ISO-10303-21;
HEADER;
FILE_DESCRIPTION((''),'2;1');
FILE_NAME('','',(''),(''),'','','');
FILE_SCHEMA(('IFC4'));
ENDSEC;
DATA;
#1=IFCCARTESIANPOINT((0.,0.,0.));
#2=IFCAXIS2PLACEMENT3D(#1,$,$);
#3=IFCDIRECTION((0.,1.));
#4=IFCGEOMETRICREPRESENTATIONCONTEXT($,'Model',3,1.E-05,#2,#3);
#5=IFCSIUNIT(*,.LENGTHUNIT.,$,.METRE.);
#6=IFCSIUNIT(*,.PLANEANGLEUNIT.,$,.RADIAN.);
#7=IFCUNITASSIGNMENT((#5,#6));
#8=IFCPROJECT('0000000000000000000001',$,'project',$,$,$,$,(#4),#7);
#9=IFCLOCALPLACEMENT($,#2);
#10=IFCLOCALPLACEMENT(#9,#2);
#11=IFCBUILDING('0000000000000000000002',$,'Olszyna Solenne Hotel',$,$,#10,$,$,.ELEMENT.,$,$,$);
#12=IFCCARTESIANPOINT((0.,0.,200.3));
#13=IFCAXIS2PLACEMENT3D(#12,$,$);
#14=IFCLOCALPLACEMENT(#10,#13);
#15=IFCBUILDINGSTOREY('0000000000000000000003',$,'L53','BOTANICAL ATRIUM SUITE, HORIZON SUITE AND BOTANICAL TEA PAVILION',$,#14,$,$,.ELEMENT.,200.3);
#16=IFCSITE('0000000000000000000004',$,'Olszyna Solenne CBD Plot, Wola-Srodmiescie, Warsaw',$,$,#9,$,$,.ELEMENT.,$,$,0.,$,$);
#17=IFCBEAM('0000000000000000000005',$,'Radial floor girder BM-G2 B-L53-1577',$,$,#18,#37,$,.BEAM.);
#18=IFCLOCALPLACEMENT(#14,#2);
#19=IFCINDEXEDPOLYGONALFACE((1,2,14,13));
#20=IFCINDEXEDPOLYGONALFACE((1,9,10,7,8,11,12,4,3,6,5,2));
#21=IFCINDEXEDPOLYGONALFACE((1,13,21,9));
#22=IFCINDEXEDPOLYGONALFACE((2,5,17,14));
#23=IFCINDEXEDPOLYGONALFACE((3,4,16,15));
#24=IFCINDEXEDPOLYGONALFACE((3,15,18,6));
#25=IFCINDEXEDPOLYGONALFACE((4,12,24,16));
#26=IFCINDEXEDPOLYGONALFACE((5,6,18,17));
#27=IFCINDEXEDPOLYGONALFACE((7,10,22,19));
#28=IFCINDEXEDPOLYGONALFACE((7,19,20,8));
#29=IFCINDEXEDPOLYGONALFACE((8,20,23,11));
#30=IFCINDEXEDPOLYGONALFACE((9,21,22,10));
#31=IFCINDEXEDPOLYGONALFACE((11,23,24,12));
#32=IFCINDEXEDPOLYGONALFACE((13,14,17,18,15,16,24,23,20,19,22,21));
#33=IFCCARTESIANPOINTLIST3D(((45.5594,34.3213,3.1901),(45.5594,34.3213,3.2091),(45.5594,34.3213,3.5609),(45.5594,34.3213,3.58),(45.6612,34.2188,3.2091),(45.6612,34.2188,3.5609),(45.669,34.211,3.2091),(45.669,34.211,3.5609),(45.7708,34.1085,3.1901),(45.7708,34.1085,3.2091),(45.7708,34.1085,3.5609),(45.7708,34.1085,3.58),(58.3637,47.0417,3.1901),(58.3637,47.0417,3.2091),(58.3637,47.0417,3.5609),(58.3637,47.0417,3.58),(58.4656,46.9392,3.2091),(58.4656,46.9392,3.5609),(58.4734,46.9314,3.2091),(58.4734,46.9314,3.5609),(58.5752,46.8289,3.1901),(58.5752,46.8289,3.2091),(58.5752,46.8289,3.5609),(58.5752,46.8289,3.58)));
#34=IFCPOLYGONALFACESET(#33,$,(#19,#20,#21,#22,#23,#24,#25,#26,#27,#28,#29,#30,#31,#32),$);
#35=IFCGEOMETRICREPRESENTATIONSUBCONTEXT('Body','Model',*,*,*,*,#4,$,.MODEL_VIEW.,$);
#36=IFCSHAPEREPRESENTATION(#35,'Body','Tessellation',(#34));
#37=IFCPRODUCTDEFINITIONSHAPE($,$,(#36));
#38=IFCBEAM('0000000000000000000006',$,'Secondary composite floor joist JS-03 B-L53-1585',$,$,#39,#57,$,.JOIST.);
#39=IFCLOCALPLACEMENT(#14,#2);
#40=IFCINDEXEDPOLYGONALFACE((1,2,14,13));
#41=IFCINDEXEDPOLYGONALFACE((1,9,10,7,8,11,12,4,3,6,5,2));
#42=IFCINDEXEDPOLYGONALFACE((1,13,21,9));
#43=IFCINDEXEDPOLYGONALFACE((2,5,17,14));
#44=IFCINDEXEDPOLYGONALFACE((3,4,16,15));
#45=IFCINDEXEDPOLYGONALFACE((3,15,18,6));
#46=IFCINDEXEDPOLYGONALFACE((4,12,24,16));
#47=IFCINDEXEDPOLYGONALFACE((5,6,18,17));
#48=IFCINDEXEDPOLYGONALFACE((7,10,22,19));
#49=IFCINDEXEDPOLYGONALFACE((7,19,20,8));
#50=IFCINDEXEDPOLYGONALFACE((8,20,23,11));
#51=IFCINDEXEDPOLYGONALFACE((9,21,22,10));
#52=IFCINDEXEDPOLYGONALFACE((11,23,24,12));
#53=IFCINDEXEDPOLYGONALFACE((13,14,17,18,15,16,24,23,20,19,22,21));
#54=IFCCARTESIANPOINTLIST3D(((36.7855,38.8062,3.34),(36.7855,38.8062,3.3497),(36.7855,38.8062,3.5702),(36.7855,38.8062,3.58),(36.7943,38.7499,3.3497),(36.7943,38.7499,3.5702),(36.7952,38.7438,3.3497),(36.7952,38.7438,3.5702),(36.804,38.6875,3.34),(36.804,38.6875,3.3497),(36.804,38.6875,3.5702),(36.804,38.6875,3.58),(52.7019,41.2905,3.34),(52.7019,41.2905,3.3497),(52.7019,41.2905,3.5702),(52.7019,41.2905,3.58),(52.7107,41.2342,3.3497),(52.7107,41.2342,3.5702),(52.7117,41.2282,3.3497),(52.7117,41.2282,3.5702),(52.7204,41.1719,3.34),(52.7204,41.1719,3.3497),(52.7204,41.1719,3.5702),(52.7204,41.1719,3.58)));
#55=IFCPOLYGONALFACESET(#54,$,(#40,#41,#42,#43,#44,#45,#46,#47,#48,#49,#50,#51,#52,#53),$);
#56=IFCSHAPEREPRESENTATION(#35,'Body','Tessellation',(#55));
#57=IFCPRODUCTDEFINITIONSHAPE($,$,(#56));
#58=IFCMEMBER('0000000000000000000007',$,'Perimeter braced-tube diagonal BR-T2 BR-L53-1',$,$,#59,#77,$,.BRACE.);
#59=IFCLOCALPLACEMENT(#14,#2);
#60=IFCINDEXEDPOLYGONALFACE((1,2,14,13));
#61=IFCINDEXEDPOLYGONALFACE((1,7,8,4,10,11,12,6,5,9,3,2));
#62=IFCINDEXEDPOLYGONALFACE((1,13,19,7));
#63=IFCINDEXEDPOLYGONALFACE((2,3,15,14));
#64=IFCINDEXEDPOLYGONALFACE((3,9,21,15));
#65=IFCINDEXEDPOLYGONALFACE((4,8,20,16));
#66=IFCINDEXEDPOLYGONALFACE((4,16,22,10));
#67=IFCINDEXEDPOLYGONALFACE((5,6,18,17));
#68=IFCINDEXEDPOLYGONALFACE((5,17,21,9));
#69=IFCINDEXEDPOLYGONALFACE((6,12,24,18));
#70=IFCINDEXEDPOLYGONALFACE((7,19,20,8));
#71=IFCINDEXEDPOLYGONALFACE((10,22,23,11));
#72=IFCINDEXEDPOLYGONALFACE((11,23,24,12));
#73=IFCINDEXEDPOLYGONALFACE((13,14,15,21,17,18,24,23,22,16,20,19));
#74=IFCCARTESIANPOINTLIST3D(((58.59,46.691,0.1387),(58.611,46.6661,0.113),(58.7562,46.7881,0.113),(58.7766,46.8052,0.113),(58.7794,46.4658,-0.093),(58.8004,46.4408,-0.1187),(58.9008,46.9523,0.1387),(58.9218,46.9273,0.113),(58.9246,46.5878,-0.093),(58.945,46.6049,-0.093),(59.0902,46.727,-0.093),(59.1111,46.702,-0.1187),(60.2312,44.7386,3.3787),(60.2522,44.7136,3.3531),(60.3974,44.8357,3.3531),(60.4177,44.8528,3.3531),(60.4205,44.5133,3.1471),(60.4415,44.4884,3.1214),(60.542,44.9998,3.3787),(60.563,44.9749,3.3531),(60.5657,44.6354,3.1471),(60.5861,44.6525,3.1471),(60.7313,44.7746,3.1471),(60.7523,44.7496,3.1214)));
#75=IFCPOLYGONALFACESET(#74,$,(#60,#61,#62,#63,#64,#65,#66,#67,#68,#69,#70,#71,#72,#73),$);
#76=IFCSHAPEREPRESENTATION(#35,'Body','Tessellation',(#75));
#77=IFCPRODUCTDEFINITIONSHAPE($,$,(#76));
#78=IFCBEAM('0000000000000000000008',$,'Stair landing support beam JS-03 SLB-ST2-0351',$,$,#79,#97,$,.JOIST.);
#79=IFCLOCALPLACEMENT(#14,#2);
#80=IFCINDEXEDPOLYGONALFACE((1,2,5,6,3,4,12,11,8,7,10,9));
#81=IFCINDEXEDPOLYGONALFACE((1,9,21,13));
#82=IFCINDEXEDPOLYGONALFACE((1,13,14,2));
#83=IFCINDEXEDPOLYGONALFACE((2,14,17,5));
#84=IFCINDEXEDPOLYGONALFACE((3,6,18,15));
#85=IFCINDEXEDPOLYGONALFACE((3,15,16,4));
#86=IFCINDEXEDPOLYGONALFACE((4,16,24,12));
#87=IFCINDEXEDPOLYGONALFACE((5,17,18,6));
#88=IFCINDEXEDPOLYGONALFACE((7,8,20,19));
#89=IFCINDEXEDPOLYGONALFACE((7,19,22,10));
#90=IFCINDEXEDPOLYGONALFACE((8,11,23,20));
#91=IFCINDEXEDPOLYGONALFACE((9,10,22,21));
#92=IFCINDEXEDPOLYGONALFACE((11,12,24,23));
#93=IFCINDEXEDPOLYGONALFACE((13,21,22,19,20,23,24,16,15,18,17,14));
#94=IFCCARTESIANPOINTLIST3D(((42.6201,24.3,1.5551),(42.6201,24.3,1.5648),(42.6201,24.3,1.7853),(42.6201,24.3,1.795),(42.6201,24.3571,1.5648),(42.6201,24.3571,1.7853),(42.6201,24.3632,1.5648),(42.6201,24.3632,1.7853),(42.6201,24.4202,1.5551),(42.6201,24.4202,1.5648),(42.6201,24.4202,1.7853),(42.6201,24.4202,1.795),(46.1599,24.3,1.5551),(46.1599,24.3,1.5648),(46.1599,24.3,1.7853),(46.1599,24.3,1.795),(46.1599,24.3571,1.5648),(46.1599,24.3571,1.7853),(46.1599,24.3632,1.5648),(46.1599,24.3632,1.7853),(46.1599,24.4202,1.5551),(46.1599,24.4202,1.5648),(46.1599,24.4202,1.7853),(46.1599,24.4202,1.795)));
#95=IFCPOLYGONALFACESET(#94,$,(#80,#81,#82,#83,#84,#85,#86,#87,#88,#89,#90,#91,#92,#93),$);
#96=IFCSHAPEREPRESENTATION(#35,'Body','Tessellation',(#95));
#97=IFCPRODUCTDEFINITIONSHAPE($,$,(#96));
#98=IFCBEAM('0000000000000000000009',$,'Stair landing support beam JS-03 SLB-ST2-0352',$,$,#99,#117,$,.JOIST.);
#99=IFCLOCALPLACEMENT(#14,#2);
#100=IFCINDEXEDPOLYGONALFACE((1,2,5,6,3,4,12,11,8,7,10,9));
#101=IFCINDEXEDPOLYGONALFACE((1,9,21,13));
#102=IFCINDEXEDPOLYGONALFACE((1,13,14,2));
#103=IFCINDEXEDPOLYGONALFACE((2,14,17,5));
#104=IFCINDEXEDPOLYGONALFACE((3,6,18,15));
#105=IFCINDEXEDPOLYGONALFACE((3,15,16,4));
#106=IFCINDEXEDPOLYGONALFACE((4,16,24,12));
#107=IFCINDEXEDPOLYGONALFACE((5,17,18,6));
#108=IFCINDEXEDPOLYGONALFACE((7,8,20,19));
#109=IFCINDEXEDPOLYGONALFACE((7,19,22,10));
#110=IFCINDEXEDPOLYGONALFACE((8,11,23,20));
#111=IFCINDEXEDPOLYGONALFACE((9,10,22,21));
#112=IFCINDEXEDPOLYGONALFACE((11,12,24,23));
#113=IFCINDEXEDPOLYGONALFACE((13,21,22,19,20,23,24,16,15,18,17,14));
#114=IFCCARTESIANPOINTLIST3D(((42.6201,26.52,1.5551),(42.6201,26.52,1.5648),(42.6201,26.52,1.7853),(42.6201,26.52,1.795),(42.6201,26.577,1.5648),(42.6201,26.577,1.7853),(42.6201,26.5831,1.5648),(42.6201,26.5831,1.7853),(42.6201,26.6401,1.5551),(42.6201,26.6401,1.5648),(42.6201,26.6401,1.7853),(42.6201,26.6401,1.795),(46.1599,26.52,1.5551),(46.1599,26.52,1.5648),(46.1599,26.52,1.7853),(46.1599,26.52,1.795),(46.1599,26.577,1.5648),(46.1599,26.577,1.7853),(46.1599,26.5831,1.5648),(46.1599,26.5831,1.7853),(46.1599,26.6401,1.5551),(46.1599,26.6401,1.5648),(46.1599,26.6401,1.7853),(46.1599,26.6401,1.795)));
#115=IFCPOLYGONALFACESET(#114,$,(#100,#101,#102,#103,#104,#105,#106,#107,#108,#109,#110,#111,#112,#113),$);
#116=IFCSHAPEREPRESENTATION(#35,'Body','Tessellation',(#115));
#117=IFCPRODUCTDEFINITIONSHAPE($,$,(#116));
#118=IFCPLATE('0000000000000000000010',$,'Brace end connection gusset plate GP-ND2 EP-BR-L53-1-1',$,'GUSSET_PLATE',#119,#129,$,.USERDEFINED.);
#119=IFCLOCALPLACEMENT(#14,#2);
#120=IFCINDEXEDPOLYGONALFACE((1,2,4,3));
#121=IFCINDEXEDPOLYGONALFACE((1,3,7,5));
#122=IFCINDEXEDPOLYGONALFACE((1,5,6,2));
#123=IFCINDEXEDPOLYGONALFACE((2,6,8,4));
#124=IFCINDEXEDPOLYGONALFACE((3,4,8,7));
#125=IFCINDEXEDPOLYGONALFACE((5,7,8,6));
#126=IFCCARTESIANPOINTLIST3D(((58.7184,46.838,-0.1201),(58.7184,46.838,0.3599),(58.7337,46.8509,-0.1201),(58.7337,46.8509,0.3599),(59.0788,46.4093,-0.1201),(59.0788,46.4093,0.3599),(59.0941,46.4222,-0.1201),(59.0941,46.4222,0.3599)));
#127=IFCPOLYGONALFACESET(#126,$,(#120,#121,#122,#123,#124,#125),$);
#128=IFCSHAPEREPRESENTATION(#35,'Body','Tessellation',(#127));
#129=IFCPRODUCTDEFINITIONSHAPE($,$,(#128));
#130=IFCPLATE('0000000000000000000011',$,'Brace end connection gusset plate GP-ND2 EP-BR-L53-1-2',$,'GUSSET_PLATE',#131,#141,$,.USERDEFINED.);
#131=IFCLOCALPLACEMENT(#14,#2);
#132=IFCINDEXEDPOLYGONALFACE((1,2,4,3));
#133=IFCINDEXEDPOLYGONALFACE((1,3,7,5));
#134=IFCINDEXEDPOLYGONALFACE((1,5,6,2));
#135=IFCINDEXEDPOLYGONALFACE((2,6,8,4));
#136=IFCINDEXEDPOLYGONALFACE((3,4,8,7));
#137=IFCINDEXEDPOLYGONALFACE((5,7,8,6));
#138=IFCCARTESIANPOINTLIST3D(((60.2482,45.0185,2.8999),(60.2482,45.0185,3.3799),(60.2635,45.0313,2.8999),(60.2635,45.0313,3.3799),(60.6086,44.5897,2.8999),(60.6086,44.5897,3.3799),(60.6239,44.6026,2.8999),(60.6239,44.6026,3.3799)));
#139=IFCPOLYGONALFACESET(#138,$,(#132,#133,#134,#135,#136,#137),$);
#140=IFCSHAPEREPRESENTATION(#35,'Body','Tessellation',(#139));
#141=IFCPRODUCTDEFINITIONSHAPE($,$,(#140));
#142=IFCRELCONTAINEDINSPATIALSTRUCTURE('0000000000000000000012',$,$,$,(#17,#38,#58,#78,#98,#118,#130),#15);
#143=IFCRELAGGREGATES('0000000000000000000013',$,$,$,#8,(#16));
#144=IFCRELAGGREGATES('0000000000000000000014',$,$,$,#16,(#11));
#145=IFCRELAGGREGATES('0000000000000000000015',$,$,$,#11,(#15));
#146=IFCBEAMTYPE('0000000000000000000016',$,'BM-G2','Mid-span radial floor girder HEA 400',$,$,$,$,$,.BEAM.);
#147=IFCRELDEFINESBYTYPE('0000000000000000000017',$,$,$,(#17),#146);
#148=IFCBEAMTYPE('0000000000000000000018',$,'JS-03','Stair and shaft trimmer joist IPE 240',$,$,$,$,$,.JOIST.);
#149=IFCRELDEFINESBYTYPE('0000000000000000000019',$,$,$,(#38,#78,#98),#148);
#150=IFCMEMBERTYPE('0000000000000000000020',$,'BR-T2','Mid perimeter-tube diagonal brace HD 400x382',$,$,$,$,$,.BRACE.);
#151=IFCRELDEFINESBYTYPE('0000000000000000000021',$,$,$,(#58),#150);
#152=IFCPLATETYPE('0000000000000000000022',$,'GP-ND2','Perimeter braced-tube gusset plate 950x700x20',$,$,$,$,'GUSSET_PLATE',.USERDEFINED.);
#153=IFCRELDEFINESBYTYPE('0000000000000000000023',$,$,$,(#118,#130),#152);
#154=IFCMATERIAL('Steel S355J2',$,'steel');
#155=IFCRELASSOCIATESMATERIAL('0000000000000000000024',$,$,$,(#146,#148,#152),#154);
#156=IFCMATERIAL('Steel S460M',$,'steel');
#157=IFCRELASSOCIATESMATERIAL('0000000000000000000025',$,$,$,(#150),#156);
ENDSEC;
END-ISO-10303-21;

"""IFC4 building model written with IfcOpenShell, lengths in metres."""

from ifc_helpers import new_model, si_unit, direction, frame, origin, origin_2d, place, context, subcontext, project, spatial, rectangle, i_section, extrude, source, transform, mapped, material, material_profile, profile_set, type_object, element, save


model = new_model("IFC4")

# Units and contexts
model_context = context("Model", 3, precision=1e-05, world=origin(), true_north=direction((0.0, 1.0)))
body_context = subcontext(model_context, "Body", "Model", "MODEL_VIEW")
ifc_project = project(units=[si_unit("LENGTHUNIT", "METRE"), si_unit("PLANEANGLEUNIT", "RADIAN")], contexts=[model_context])

# Site, building, storey
site_placement = place(None, origin())
site = spatial("IfcSite", under=ifc_project, at=site_placement, Name="Olszyna Solenne CBD Plot, Wola-Srodmiescie, Warsaw", CompositionType="ELEMENT", RefElevation=0.0)
building_placement = place(site_placement, origin())
building = spatial("IfcBuilding", under=site, at=building_placement, Name="Olszyna Solenne Hotel", CompositionType="ELEMENT")
storey_placement = place(building_placement, frame((0.0, 0.0, 200.3)))
storey = spatial("IfcBuildingStorey", under=building, at=storey_placement, Name="L53", Description="BOTANICAL ATRIUM SUITE, HORIZON SUITE AND BOTANICAL TEA PAVILION", CompositionType="ELEMENT", Elevation=200.3)

# Shared definitions
ifc_material_1 = material(Name="Steel S460M", Category="steel")

# Beams
ifc_material_2 = material(Name="Steel S355J2", Category="steel")
ifc_material_profile_1 = material_profile(ifc_material_2, i_section(OverallWidth=0.3, OverallDepth=0.3899, WebThickness=0.011, FlangeThickness=0.019, at=origin_2d()), Name="HEA 400", Category="load-bearing")
ifc_profile_set_1 = profile_set([ifc_material_profile_1], Name="Steel S355J2")
beam_type_1 = type_object("IfcBeamType", Name="BM-G2", Description="Mid-span radial floor girder HEA 400", PredefinedType="BEAM", material=ifc_profile_set_1)
shared_shape_1 = source(origin(), body_context, "Body", "SweptSolid", [
    extrude(i_section(OverallWidth=0.3, OverallDepth=0.3899, WebThickness=0.011, FlangeThickness=0.019, at=origin_2d()), origin(), (0.0, 0.0, 1.0), 18.0488),
])
beam_1_placement = place(storey_placement, frame((58.4695, 46.9353, 3.385), z_axis=(-0.70943, -0.704776, 0.0), x_axis=(0.704776, -0.70943, 0.0)))
element("IfcBeam", 1, at=beam_1_placement, inside=storey, type_object=beam_type_1, Name="Radial floor girder BM-G2 B-L53-1577", PredefinedType="BEAM", context=body_context, shape_type="MappedRepresentation", body=[
    mapped(shared_shape_1, transform((0.0, 0.0, 0.0), x_axis=(1.0, 0.0, 0.0), y_axis=(0.0, 1.0, 0.0), z_axis=(0.0, 0.0, 1.0), scale=1.0)),
])
ifc_material_profile_2 = material_profile(ifc_material_2, i_section(OverallWidth=0.1201, OverallDepth=0.24, WebThickness=0.0061, FlangeThickness=0.0098, at=origin_2d()), Name="IPE 240", Category="load-bearing")
ifc_profile_set_2 = profile_set([ifc_material_profile_2], Name="Steel S355J2")
beam_type_2 = type_object("IfcBeamType", Name="JS-03", Description="Stair and shaft trimmer joist IPE 240", PredefinedType="JOIST", material=ifc_profile_set_2)
shared_shape_2 = source(origin(), body_context, "Body", "SweptSolid", [
    extrude(i_section(OverallWidth=0.1201, OverallDepth=0.24, WebThickness=0.0061, FlangeThickness=0.0098, at=origin_2d()), origin(), (0.0, 0.0, 1.0), 16.1091),
])
beam_2_placement = place(storey_placement, frame((52.7112, 41.2312, 3.46), z_axis=(-0.988036, -0.154221, 0.0), x_axis=(0.154221, -0.988036, 0.0)))
element("IfcBeam", 2, at=beam_2_placement, inside=storey, type_object=beam_type_2, Name="Secondary composite floor joist JS-03 B-L53-1585", PredefinedType="JOIST", context=body_context, shape_type="MappedRepresentation", body=[
    mapped(shared_shape_2, transform((0.0, 0.0, 0.0), x_axis=(1.0, 0.0, 0.0), y_axis=(0.0, 1.0, 0.0), z_axis=(0.0, 0.0, 1.0), scale=1.0)),
])

# Member
ifc_material_profile_3 = material_profile(ifc_material_1, i_section(OverallWidth=0.406, OverallDepth=0.416, WebThickness=0.0266, FlangeThickness=0.0415, at=origin_2d()), Name="HD 400x382", Category="load-bearing")
ifc_profile_set_3 = profile_set([ifc_material_profile_3], Name="Steel S460M")
member_type = type_object("IfcMemberType", Name="BR-T2", Description="Mid perimeter-tube diagonal brace HD 400x382", PredefinedType="BRACE", material=ifc_profile_set_3)
shared_shape_3 = source(origin(), body_context, "Body", "SweptSolid", [
    extrude(i_section(OverallWidth=0.406, OverallDepth=0.416, WebThickness=0.0266, FlangeThickness=0.0415, at=origin_2d()), origin(), (0.0, 0.0, 1.0), 4.1235),
])
member_placement = place(storey_placement, frame((58.8506, 46.6965, 0.01), z_axis=(0.397998, -0.473488, 0.785752), x_axis=(0.765492, 0.643446, 0.0)))
element("IfcMember", 3, at=member_placement, inside=storey, type_object=member_type, Name="Perimeter braced-tube diagonal BR-T2 BR-L53-1", PredefinedType="BRACE", context=body_context, shape_type="MappedRepresentation", body=[
    mapped(shared_shape_3, transform((0.0, 0.0, 0.0), x_axis=(1.0, 0.0, 0.0), y_axis=(0.0, 1.0, 0.0), z_axis=(0.0, 0.0, 1.0), scale=1.0)),
])

# Beams
shared_shape_4 = source(origin(), body_context, "Body", "SweptSolid", [
    extrude(i_section(OverallWidth=0.1201, OverallDepth=0.24, WebThickness=0.0061, FlangeThickness=0.0098, at=origin_2d()), origin(), (0.0, 0.0, 1.0), 3.5398),
])
for number, where, z_axis, x_axis, name in (
    (4, (46.1599, 24.3601, 1.675), (-1.0, 0.0, 0.0), (0.0, -1.0, 0.0), "Stair landing support beam JS-03 SLB-ST2-0351"),
    (5, (46.1599, 26.5801, 1.675), (-1.0, 0.0, 0.0), (0.0, -1.0, 0.0), "Stair landing support beam JS-03 SLB-ST2-0352"),
):
    element("IfcBeam", number, at=place(storey_placement, frame(where, z_axis=z_axis, x_axis=x_axis)), inside=storey, type_object=beam_type_2, Name=name, PredefinedType="JOIST", context=body_context, shape_type="MappedRepresentation", body=[
        mapped(shared_shape_4, transform((0.0, 0.0, 0.0), x_axis=(1.0, 0.0, 0.0), y_axis=(0.0, 1.0, 0.0), z_axis=(0.0, 0.0, 1.0), scale=1.0)),
    ])

# Plates
plate_type = type_object("IfcPlateType", Name="GP-ND2", Description="Perimeter braced-tube gusset plate 950x700x20", ElementType="GUSSET_PLATE", PredefinedType="USERDEFINED", material=ifc_material_2)
shared_shape_5 = source(origin(), body_context, "Body", "SweptSolid", [
    extrude(rectangle(XDim=0.5601, YDim=0.02, at=origin_2d()), origin(), (0.0, 0.0, 1.0), 0.48),
])
for number, where, z_axis, x_axis, name in (
    (6, (58.9062, 46.6301, -0.1201), (0.0, 0.0, 1.0), (0.643456, -0.765483, 0.0), "Brace end connection gusset plate GP-ND2 EP-BR-L53-1-1"),
    (7, (60.436, 44.8105, 2.8999), (0.0, 0.0, 1.0), (0.643456, -0.765483, 0.0), "Brace end connection gusset plate GP-ND2 EP-BR-L53-1-2"),
):
    element("IfcPlate", number, at=place(storey_placement, frame(where, z_axis=z_axis, x_axis=x_axis)), inside=storey, type_object=plate_type, Name=name, ObjectType="GUSSET_PLATE", PredefinedType="USERDEFINED", context=body_context, shape_type="MappedRepresentation", body=[
        mapped(shared_shape_5, transform((0.0, 0.0, 0.0), x_axis=(1.0, 0.0, 0.0), y_axis=(0.0, 1.0, 0.0), z_axis=(0.0, 0.0, 1.0), scale=1.0)),
    ])

save(model, "model.ifc")
